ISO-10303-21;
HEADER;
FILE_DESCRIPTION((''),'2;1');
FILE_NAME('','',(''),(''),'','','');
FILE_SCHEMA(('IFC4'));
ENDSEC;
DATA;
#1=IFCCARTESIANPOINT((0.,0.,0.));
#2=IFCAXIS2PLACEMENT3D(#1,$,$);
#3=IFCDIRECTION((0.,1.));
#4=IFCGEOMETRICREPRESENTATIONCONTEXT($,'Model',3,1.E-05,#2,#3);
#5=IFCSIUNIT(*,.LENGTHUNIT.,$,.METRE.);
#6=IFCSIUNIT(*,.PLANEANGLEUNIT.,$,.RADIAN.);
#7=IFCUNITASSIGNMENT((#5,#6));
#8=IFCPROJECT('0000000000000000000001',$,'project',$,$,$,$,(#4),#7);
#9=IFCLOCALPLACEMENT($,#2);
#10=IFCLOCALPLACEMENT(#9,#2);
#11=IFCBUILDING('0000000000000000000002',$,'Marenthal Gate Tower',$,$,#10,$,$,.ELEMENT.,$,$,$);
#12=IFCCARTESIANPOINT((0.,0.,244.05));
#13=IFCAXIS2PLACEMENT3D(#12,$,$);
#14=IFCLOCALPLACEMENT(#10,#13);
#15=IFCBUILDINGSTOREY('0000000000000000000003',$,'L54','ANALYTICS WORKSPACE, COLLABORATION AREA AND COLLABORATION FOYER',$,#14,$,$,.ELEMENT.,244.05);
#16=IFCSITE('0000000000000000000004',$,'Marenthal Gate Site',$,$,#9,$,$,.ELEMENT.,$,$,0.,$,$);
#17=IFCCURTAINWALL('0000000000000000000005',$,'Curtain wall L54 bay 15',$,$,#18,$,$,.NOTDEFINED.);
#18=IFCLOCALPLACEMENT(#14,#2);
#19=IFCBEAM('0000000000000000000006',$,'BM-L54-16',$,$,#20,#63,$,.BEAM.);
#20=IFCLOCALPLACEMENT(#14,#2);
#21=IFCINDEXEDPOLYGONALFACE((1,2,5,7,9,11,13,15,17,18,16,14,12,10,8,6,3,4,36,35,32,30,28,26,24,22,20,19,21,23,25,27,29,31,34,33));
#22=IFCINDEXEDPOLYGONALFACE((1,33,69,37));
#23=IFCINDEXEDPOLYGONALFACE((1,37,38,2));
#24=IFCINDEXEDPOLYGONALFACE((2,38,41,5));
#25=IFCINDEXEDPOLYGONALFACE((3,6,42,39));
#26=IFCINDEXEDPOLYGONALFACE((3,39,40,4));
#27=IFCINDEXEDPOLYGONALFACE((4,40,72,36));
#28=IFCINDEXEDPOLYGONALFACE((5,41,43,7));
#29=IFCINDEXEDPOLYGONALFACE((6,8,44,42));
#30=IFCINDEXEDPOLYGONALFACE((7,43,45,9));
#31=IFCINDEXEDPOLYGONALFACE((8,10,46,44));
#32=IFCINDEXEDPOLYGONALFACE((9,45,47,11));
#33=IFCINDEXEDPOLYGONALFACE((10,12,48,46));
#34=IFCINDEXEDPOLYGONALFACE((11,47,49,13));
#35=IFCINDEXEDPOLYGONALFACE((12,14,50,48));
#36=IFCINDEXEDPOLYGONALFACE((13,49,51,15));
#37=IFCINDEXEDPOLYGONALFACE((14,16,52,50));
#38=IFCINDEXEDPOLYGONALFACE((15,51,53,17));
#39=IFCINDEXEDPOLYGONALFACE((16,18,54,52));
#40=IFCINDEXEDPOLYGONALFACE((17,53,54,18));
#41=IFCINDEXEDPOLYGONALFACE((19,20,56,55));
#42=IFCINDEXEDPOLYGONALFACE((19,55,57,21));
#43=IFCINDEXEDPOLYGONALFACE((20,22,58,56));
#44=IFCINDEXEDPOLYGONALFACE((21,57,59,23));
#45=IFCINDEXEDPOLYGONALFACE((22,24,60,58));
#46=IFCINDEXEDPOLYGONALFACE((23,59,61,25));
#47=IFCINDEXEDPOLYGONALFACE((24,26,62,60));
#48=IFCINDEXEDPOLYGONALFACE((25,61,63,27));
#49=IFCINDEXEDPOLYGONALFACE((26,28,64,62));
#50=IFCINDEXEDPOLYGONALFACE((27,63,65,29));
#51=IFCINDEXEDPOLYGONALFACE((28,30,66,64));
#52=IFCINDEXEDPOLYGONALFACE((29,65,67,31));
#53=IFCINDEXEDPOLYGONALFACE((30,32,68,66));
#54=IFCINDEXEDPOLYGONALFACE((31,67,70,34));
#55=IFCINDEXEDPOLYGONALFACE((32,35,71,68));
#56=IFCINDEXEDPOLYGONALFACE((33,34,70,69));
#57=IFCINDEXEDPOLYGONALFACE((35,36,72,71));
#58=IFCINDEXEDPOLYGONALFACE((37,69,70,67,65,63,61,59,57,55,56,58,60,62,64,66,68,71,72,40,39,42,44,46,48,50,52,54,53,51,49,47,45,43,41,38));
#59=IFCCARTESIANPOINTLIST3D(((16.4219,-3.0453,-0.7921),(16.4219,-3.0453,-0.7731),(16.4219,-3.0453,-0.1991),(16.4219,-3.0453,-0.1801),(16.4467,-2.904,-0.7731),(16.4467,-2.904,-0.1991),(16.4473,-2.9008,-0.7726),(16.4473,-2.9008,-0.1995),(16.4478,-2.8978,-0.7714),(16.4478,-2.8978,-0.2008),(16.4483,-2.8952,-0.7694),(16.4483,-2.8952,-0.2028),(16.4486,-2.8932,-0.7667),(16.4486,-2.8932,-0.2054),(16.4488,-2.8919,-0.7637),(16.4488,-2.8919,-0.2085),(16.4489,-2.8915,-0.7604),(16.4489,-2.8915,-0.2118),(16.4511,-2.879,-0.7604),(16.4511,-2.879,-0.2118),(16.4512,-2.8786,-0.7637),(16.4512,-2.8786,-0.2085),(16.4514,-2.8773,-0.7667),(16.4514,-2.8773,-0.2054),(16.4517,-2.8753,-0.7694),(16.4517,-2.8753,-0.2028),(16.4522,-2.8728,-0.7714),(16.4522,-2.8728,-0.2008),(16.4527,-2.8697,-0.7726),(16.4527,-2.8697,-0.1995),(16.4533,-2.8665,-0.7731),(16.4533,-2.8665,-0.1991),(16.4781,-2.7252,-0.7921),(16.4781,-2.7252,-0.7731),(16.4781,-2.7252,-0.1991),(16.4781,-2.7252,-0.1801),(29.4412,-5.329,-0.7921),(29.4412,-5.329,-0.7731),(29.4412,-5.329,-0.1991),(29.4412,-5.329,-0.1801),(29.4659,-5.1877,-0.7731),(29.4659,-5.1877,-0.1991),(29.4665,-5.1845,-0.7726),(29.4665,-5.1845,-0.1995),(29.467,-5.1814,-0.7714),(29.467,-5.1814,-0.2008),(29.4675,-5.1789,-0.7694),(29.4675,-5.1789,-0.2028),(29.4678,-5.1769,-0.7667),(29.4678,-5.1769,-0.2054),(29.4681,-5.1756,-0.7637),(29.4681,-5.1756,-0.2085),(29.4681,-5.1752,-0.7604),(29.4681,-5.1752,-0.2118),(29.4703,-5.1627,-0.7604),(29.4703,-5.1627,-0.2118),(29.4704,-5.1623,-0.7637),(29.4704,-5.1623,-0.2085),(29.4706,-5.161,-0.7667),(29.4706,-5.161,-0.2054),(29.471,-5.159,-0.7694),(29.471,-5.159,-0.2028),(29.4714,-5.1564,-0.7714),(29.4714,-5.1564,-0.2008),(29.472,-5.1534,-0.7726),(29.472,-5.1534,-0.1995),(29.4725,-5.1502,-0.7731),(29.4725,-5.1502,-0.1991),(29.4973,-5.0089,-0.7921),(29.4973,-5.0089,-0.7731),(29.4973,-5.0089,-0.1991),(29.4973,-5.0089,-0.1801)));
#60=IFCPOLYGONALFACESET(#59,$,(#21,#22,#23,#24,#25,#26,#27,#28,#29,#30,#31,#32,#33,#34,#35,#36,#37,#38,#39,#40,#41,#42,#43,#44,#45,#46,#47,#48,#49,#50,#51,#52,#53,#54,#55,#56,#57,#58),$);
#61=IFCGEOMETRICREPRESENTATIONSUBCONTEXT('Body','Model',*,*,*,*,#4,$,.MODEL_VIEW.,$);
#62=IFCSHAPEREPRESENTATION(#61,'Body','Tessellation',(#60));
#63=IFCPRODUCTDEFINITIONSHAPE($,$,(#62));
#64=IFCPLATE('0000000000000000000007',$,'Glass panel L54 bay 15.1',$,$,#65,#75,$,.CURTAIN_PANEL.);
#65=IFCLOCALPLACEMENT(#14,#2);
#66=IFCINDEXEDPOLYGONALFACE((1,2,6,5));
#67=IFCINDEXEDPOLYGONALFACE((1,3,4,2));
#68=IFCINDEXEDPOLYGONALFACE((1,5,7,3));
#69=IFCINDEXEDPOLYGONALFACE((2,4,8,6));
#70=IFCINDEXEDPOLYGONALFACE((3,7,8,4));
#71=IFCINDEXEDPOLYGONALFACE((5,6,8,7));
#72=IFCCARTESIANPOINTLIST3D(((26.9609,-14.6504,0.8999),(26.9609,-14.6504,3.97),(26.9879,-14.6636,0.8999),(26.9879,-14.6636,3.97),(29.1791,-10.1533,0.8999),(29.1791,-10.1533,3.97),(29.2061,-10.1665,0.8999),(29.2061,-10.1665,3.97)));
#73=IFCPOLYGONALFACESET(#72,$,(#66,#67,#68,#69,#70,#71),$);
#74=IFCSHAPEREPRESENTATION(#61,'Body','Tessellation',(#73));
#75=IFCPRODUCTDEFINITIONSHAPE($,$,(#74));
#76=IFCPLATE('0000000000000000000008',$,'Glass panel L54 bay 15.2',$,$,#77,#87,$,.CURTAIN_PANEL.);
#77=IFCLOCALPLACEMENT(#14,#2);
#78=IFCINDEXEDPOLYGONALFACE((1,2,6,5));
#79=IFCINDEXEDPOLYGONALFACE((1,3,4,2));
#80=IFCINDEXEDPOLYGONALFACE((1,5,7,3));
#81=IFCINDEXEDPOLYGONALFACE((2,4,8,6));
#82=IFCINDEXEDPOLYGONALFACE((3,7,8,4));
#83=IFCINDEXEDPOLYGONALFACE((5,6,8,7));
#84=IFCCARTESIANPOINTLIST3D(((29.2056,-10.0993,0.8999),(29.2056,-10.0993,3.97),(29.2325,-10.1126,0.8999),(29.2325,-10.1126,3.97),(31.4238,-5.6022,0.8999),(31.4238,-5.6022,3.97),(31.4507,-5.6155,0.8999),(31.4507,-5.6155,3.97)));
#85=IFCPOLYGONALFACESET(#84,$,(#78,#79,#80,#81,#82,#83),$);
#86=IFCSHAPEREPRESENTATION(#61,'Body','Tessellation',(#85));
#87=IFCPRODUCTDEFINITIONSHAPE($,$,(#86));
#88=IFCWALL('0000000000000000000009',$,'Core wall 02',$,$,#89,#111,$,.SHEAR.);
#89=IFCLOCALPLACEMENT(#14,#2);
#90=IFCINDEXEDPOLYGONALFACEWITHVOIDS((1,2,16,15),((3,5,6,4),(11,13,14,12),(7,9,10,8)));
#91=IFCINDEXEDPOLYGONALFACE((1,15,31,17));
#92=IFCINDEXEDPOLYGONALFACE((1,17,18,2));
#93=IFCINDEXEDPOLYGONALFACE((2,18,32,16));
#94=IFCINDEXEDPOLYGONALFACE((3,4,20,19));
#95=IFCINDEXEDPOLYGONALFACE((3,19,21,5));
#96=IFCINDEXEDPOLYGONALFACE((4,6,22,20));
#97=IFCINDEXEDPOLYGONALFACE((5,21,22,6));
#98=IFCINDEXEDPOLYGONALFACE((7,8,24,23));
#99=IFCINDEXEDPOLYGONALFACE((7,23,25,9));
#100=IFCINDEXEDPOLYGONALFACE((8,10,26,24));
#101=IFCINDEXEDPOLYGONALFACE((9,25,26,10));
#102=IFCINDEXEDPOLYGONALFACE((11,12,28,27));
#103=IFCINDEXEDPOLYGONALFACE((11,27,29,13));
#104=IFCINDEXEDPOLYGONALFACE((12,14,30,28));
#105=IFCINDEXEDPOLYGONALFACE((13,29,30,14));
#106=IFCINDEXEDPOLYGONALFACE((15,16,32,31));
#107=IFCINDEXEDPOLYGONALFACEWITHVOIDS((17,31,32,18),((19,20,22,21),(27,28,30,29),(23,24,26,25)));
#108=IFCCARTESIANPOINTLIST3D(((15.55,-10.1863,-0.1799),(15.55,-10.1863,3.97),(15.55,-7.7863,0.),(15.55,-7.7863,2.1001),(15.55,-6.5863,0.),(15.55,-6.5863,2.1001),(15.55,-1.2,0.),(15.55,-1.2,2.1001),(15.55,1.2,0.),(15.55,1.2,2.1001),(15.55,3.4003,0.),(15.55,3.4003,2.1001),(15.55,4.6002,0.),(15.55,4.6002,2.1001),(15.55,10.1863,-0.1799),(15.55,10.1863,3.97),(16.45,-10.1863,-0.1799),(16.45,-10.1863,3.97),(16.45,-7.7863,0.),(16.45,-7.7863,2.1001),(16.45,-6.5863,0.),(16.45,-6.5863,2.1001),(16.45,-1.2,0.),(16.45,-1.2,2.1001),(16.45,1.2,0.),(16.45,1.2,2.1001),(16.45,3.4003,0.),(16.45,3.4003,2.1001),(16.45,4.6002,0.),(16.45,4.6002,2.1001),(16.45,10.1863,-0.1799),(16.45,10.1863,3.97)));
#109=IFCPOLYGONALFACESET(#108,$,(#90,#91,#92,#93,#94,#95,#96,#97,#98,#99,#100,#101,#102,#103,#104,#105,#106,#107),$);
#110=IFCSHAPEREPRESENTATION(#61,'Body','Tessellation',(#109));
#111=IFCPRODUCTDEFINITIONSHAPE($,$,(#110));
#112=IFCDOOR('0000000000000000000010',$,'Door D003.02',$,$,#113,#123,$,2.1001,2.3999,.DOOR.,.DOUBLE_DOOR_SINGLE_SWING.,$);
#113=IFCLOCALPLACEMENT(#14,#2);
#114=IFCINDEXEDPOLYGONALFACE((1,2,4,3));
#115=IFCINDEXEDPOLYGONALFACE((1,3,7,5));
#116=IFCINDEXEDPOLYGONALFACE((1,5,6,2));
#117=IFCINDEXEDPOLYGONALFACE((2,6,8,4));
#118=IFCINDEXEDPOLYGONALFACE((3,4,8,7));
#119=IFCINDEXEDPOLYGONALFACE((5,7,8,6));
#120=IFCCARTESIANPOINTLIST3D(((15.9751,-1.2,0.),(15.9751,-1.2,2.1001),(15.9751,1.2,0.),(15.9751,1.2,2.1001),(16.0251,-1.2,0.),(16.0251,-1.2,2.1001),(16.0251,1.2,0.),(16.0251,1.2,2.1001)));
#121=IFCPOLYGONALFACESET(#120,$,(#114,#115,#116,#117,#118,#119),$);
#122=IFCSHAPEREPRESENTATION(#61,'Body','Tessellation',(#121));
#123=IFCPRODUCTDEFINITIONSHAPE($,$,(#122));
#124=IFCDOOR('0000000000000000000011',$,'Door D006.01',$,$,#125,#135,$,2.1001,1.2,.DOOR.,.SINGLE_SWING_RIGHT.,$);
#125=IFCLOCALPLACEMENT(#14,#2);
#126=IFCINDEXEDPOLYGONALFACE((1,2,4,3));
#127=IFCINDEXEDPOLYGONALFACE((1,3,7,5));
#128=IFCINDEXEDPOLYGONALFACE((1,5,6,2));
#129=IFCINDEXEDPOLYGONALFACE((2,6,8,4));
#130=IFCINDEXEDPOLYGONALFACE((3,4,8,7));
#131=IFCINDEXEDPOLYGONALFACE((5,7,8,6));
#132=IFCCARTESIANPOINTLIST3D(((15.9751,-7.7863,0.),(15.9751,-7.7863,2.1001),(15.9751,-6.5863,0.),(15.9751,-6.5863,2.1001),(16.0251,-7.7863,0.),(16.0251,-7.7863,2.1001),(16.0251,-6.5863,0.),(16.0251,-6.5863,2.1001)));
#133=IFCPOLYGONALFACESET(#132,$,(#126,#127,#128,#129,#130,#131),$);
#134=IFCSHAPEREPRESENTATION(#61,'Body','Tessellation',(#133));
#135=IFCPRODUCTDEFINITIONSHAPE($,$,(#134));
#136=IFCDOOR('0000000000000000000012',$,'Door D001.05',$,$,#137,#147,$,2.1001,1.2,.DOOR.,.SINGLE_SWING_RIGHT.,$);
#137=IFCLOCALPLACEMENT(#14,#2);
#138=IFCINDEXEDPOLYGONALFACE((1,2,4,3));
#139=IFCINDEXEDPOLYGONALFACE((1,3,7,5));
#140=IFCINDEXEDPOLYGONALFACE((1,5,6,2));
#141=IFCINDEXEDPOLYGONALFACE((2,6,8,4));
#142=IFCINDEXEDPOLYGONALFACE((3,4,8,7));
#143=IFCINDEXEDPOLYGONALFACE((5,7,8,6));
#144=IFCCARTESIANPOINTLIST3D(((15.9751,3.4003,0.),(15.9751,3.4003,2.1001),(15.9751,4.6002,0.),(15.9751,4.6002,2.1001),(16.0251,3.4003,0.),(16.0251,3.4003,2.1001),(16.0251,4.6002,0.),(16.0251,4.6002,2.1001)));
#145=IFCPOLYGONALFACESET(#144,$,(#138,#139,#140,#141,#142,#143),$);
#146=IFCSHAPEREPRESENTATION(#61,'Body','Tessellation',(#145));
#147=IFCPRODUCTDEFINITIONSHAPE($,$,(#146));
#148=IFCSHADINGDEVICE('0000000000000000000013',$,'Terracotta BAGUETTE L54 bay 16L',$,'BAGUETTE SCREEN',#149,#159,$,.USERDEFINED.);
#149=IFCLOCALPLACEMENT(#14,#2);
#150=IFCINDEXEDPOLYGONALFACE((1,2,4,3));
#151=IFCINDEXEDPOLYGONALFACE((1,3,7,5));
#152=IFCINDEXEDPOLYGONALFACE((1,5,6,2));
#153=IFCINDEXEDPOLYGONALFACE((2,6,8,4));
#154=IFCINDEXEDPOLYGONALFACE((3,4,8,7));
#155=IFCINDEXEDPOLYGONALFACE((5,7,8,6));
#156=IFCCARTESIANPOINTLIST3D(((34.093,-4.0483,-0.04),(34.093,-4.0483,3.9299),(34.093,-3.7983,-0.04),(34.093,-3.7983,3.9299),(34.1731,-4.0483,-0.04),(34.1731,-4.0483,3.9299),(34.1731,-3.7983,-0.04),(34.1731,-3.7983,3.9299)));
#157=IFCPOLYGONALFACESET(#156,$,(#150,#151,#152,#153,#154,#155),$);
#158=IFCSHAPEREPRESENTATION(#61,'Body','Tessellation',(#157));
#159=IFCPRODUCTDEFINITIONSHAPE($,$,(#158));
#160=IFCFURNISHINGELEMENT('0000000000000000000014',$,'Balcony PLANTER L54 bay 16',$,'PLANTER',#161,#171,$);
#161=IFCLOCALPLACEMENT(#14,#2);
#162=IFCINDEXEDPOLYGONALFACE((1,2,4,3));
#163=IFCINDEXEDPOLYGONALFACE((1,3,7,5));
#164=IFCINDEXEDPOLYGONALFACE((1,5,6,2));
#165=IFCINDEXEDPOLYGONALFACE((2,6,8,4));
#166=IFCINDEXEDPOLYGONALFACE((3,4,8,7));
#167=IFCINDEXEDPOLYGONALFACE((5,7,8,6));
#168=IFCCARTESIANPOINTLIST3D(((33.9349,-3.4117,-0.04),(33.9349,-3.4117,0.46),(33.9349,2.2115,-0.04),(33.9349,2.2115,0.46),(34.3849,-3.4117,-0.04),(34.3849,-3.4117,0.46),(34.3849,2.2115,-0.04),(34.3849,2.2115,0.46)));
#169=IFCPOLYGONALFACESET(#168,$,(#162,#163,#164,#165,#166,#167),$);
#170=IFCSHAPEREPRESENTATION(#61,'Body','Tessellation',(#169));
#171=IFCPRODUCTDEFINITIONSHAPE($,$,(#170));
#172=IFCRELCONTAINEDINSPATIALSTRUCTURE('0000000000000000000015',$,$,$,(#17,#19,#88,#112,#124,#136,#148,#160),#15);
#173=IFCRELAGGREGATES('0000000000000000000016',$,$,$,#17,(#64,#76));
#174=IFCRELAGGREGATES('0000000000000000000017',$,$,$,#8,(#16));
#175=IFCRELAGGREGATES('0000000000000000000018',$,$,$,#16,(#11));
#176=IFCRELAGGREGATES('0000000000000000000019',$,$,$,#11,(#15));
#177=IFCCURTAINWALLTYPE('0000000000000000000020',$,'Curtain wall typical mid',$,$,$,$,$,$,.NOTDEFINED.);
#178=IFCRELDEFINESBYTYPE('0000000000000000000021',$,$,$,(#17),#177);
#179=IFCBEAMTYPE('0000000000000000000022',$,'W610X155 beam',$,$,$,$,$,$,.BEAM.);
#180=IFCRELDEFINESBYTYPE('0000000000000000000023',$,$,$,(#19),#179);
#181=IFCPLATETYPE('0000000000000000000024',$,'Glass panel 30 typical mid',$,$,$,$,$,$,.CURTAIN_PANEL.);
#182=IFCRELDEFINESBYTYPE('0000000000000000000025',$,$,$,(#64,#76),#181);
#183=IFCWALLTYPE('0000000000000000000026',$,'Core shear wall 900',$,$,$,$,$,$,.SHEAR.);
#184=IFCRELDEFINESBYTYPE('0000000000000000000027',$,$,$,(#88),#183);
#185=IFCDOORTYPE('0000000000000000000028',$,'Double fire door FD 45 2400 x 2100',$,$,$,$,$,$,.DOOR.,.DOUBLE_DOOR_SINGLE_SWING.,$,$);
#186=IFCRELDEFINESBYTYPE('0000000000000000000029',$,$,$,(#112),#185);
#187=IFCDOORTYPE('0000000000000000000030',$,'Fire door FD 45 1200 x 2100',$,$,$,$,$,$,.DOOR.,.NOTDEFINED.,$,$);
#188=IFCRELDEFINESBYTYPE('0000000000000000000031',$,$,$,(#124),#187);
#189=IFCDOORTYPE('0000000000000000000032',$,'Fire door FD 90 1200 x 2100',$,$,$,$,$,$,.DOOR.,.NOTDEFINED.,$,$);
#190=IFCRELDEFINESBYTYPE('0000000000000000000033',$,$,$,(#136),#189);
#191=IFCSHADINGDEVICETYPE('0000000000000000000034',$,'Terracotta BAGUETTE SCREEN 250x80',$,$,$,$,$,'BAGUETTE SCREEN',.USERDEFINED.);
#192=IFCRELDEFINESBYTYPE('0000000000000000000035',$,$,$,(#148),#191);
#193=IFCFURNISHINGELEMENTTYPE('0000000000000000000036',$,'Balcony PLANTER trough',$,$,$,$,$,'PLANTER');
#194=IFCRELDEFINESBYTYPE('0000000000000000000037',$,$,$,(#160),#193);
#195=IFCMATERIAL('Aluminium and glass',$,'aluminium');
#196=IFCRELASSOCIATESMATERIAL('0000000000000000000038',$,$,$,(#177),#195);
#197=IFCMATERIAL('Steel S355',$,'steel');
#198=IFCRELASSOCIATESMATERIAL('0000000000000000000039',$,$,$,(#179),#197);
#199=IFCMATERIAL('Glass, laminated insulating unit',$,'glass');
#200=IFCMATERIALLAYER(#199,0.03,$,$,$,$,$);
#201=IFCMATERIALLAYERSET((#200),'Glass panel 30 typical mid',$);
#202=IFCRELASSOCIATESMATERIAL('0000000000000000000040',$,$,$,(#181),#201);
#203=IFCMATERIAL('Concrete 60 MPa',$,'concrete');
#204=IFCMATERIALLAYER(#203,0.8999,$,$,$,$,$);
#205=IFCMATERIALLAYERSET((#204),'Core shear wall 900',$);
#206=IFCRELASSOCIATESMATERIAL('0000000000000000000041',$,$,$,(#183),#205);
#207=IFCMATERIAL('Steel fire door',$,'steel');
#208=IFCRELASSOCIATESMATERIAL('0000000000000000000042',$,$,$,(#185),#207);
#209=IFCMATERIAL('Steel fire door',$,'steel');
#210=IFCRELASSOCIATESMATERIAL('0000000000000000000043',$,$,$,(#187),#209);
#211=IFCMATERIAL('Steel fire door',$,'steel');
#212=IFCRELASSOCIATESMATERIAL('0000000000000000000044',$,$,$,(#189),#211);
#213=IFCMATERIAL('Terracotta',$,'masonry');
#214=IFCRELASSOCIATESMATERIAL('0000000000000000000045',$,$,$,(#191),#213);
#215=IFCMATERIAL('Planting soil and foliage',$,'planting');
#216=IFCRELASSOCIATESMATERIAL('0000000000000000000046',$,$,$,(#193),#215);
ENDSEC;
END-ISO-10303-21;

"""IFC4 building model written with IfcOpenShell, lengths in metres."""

from ifc_helpers import new_model, si_unit, direction, frame, frame_2d, origin, origin_2d, place, context, subcontext, project, spatial, rectangle, i_section, extrude, material, layer, layer_set, material_profile, profile_set, type_object, element, fill, aggregate, save


model = new_model("IFC4")

# Units and contexts
model_context = context("Model", 3, precision=1e-05, world=origin(), true_north=direction((0.0, 1.0)))
body_context = subcontext(model_context, "Body", "Model", "MODEL_VIEW")
ifc_project = project(units=[si_unit("LENGTHUNIT", "METRE"), si_unit("PLANEANGLEUNIT", "RADIAN")], contexts=[model_context])

# Site, building, storey
site_placement = place(None, origin())
site = spatial("IfcSite", under=ifc_project, at=site_placement, Name="Marenthal Gate Site", CompositionType="ELEMENT", RefElevation=0.0)
building_placement = place(site_placement, origin())
building = spatial("IfcBuilding", under=site, at=building_placement, Name="Marenthal Gate Tower", CompositionType="ELEMENT")
storey_placement = place(building_placement, frame((0.0, 0.0, 244.05)))
storey = spatial("IfcBuildingStorey", under=building, at=storey_placement, Name="L54", Description="ANALYTICS WORKSPACE, COLLABORATION AREA AND COLLABORATION FOYER", CompositionType="ELEMENT", Elevation=244.05)

# Curtain wall
ifc_material_1 = material(Name="Aluminium and glass", Category="aluminium")
curtain_wall_type = type_object("IfcCurtainWallType", Name="Curtain wall typical mid", PredefinedType="NOTDEFINED", material=ifc_material_1)
curtain_wall_placement = place(storey_placement, origin())
curtain_wall = element("IfcCurtainWall", 1, at=curtain_wall_placement, inside=storey, type_object=curtain_wall_type, Name="Curtain wall L54 bay 15", PredefinedType="NOTDEFINED")

# Beam
ifc_material_2 = material(Name="Steel S355", Category="steel")
ifc_material_profile_1 = material_profile(ifc_material_2, i_section(OverallWidth=0.325, OverallDepth=0.6121, WebThickness=0.0127, FlangeThickness=0.019, FilletRadius=0.0127, at=origin_2d()), Name="W610X155")
ifc_profile_set_1 = profile_set([ifc_material_profile_1], Name="Steel S355")
beam_type_1 = type_object("IfcBeamType", Name="W610X155 beam", PredefinedType="BEAM", material=ifc_profile_set_1)
beam_1_placement = place(storey_placement, frame((29.4692, -5.1689, -0.4861), z_axis=(-0.984962, 0.172771, 0.0), x_axis=(-0.172771, -0.984962, 0.0)))
element("IfcBeam", 2, at=beam_1_placement, inside=storey, type_object=beam_type_1, Name="BM-L54-16", PredefinedType="BEAM", context=body_context, shape_type="SweptSolid", body=[
    extrude(i_section(OverallWidth=0.325, OverallDepth=0.6121, WebThickness=0.0127, FlangeThickness=0.019, FilletRadius=0.0127, at=origin_2d()), origin(), (0.0, 0.0, 1.0), 13.218),
])

# Plates
ifc_material_3 = material(Name="Glass, laminated insulating unit", Category="glass")
ifc_layer_1 = layer(ifc_material_3, 0.03)
ifc_layer_set_1 = layer_set([ifc_layer_1], Name="Glass panel 30 typical mid")
plate_type = type_object("IfcPlateType", Name="Glass panel 30 typical mid", PredefinedType="CURTAIN_PANEL", material=ifc_layer_set_1)
plate_1_placement = place(storey_placement, frame((28.0835, -12.4084, 0.8999), z_axis=(0.0, 0.0, 1.0), x_axis=(0.442364, 0.896835, 0.0)))
plate_1 = element("IfcPlate", 3, at=plate_1_placement, type_object=plate_type, Name="Glass panel L54 bay 15.1", PredefinedType="CURTAIN_PANEL", context=body_context, shape_type="SweptSolid", body=[
    extrude(rectangle(XDim=5.0144, YDim=0.03, at=origin_2d()), origin(), (0.0, 0.0, 1.0), 3.0701),
])
plate_2_placement = place(storey_placement, frame((30.3281, -7.8574, 0.8999), z_axis=(0.0, 0.0, 1.0), x_axis=(0.442364, 0.896835, 0.0)))
plate_2 = element("IfcPlate", 4, at=plate_2_placement, type_object=plate_type, Name="Glass panel L54 bay 15.2", PredefinedType="CURTAIN_PANEL", context=body_context, shape_type="SweptSolid", body=[
    extrude(rectangle(XDim=5.0144, YDim=0.03, at=origin_2d()), origin(), (0.0, 0.0, 1.0), 3.0701),
])
aggregate(curtain_wall, [plate_1, plate_2])

# Wall, openings, doors
ifc_material_4 = material(Name="Concrete 60 MPa", Category="concrete")
ifc_layer_2 = layer(ifc_material_4, 0.8999)
ifc_layer_set_2 = layer_set([ifc_layer_2], Name="Core shear wall 900")
wall_type_1 = type_object("IfcWallType", Name="Core shear wall 900", PredefinedType="SHEAR", material=ifc_layer_set_2)
wall_1_placement = place(storey_placement, frame((16.0, -10.1863, -0.1799), z_axis=(0.0, 0.0, 1.0), x_axis=(0.0, 1.0, 0.0)))
wall_1 = element("IfcWall", 5, at=wall_1_placement, inside=storey, type_object=wall_type_1, Name="Core wall 02", PredefinedType="SHEAR", context=body_context, shape_type="SweptSolid", body=[
    extrude(rectangle(XDim=20.3726, YDim=0.8999, at=frame_2d((10.1863, 0.0))), origin(), (0.0, 0.0, 1.0), 4.1499),
])
opening_1_placement = place(wall_1_placement, frame((8.9863, 0.0, 0.1799)))
opening_1 = element("IfcOpeningElement", 6, at=opening_1_placement, cuts=wall_1, PredefinedType="OPENING", context=body_context, shape_type="SweptSolid", body=[
    extrude(rectangle(XDim=2.3999, YDim=2.1001, at=frame_2d((1.2, 1.05))), frame((0.0, 0.46, 0.0), z_axis=(0.0, -1.0, 0.0), x_axis=(1.0, 0.0, 0.0)), (0.0, 0.0, 1.0), 0.9199),
])
opening_2_placement = place(wall_1_placement, frame((13.5864, 0.0, 0.1799)))
opening_2 = element("IfcOpeningElement", 7, at=opening_2_placement, cuts=wall_1, PredefinedType="OPENING", context=body_context, shape_type="SweptSolid", body=[
    extrude(rectangle(XDim=1.2, YDim=2.1001, at=frame_2d((0.6001, 1.05))), frame((0.0, 0.46, 0.0), z_axis=(0.0, -1.0, 0.0), x_axis=(1.0, 0.0, 0.0)), (0.0, 0.0, 1.0), 0.9199),
])
opening_3_placement = place(wall_1_placement, frame((2.3999, 0.0, 0.1799)))
opening_3 = element("IfcOpeningElement", 8, at=opening_3_placement, cuts=wall_1, PredefinedType="OPENING", context=body_context, shape_type="SweptSolid", body=[
    extrude(rectangle(XDim=1.2, YDim=2.1001, at=frame_2d((0.6001, 1.05))), frame((0.0, 0.46, 0.0), z_axis=(0.0, -1.0, 0.0), x_axis=(1.0, 0.0, 0.0)), (0.0, 0.0, 1.0), 0.9199),
])
ifc_material_5 = material(Name="Steel fire door", Category="steel")
door_type_1 = type_object("IfcDoorType", Name="Double fire door FD 45 2400 x 2100", OperationType="DOUBLE_DOOR_SINGLE_SWING", PredefinedType="DOOR", material=ifc_material_5)
door_1_placement = place(opening_1_placement, origin())
door_1 = element("IfcDoor", 9, at=door_1_placement, inside=storey, type_object=door_type_1, Name="Door D003.02", OperationType="DOUBLE_DOOR_SINGLE_SWING", OverallHeight=2.1001, OverallWidth=2.3999, PredefinedType="DOOR", context=body_context, shape_type="SweptSolid", body=[
    extrude(rectangle(XDim=2.3999, YDim=2.1001, at=frame_2d((1.2, 1.05))), frame((0.0, 0.0249, 0.0), z_axis=(0.0, -1.0, 0.0), x_axis=(1.0, 0.0, 0.0)), (0.0, 0.0, 1.0), 0.05),
])
fill(opening_1, door_1)
ifc_material_6 = material(Name="Steel fire door", Category="steel")
door_type_2 = type_object("IfcDoorType", Name="Fire door FD 45 1200 x 2100", OperationType="NOTDEFINED", PredefinedType="DOOR", material=ifc_material_6)
door_2_placement = place(opening_3_placement, origin())
door_2 = element("IfcDoor", 10, at=door_2_placement, inside=storey, type_object=door_type_2, Name="Door D006.01", OperationType="SINGLE_SWING_RIGHT", OverallHeight=2.1001, OverallWidth=1.2, PredefinedType="DOOR", context=body_context, shape_type="SweptSolid", body=[
    extrude(rectangle(XDim=1.2, YDim=2.1001, at=frame_2d((0.6001, 1.05))), frame((0.0, 0.0249, 0.0), z_axis=(0.0, -1.0, 0.0), x_axis=(1.0, 0.0, 0.0)), (0.0, 0.0, 1.0), 0.05),
])
fill(opening_3, door_2)
ifc_material_7 = material(Name="Steel fire door", Category="steel")
door_type_3 = type_object("IfcDoorType", Name="Fire door FD 90 1200 x 2100", OperationType="NOTDEFINED", PredefinedType="DOOR", material=ifc_material_7)
door_3_placement = place(opening_2_placement, origin())
door_3 = element("IfcDoor", 11, at=door_3_placement, inside=storey, type_object=door_type_3, Name="Door D001.05", OperationType="SINGLE_SWING_RIGHT", OverallHeight=2.1001, OverallWidth=1.2, PredefinedType="DOOR", context=body_context, shape_type="SweptSolid", body=[
    extrude(rectangle(XDim=1.2, YDim=2.1001, at=frame_2d((0.6001, 1.05))), frame((0.0, 0.0249, 0.0), z_axis=(0.0, -1.0, 0.0), x_axis=(1.0, 0.0, 0.0)), (0.0, 0.0, 1.0), 0.05),
])
fill(opening_2, door_3)

# Shading device
ifc_material_8 = material(Name="Terracotta", Category="masonry")
ifc_material_profile_2 = material_profile(ifc_material_8, rectangle(XDim=0.25, YDim=0.0801, at=origin_2d()), Name="Terracotta baguette 250x80")
ifc_profile_set_2 = profile_set([ifc_material_profile_2], Name="Terracotta")
shading_device_type = type_object("IfcShadingDeviceType", Name="Terracotta BAGUETTE SCREEN 250x80", ElementType="BAGUETTE SCREEN", PredefinedType="USERDEFINED", material=ifc_profile_set_2)
shading_device_placement = place(storey_placement, frame((34.1331, -3.9233, -0.04), z_axis=(0.0, 0.0, 1.0), x_axis=(0.0, 1.0, 0.0)))
element("IfcShadingDevice", 12, at=shading_device_placement, inside=storey, type_object=shading_device_type, Name="Terracotta BAGUETTE L54 bay 16L", ObjectType="BAGUETTE SCREEN", PredefinedType="USERDEFINED", context=body_context, shape_type="SweptSolid", body=[
    extrude(rectangle(XDim=0.25, YDim=0.0801, at=origin_2d()), origin(), (0.0, 0.0, 1.0), 3.97),
])

# Furnishing element
ifc_material_9 = material(Name="Planting soil and foliage", Category="planting")
furnishing_element_type = type_object("IfcFurnishingElementType", Name="Balcony PLANTER trough", ElementType="PLANTER", material=ifc_material_9)
furnishing_placement = place(storey_placement, frame((34.1599, -0.6001, -0.04), z_axis=(0.0, 0.0, 1.0), x_axis=(0.0, 1.0, 0.0)))
element("IfcFurnishingElement", 13, at=furnishing_placement, inside=storey, type_object=furnishing_element_type, Name="Balcony PLANTER L54 bay 16", ObjectType="PLANTER", context=body_context, shape_type="SweptSolid", body=[
    extrude(rectangle(XDim=5.6233, YDim=0.45, at=origin_2d()), origin(), (0.0, 0.0, 1.0), 0.5),
])

save(model, "model.ifc")
